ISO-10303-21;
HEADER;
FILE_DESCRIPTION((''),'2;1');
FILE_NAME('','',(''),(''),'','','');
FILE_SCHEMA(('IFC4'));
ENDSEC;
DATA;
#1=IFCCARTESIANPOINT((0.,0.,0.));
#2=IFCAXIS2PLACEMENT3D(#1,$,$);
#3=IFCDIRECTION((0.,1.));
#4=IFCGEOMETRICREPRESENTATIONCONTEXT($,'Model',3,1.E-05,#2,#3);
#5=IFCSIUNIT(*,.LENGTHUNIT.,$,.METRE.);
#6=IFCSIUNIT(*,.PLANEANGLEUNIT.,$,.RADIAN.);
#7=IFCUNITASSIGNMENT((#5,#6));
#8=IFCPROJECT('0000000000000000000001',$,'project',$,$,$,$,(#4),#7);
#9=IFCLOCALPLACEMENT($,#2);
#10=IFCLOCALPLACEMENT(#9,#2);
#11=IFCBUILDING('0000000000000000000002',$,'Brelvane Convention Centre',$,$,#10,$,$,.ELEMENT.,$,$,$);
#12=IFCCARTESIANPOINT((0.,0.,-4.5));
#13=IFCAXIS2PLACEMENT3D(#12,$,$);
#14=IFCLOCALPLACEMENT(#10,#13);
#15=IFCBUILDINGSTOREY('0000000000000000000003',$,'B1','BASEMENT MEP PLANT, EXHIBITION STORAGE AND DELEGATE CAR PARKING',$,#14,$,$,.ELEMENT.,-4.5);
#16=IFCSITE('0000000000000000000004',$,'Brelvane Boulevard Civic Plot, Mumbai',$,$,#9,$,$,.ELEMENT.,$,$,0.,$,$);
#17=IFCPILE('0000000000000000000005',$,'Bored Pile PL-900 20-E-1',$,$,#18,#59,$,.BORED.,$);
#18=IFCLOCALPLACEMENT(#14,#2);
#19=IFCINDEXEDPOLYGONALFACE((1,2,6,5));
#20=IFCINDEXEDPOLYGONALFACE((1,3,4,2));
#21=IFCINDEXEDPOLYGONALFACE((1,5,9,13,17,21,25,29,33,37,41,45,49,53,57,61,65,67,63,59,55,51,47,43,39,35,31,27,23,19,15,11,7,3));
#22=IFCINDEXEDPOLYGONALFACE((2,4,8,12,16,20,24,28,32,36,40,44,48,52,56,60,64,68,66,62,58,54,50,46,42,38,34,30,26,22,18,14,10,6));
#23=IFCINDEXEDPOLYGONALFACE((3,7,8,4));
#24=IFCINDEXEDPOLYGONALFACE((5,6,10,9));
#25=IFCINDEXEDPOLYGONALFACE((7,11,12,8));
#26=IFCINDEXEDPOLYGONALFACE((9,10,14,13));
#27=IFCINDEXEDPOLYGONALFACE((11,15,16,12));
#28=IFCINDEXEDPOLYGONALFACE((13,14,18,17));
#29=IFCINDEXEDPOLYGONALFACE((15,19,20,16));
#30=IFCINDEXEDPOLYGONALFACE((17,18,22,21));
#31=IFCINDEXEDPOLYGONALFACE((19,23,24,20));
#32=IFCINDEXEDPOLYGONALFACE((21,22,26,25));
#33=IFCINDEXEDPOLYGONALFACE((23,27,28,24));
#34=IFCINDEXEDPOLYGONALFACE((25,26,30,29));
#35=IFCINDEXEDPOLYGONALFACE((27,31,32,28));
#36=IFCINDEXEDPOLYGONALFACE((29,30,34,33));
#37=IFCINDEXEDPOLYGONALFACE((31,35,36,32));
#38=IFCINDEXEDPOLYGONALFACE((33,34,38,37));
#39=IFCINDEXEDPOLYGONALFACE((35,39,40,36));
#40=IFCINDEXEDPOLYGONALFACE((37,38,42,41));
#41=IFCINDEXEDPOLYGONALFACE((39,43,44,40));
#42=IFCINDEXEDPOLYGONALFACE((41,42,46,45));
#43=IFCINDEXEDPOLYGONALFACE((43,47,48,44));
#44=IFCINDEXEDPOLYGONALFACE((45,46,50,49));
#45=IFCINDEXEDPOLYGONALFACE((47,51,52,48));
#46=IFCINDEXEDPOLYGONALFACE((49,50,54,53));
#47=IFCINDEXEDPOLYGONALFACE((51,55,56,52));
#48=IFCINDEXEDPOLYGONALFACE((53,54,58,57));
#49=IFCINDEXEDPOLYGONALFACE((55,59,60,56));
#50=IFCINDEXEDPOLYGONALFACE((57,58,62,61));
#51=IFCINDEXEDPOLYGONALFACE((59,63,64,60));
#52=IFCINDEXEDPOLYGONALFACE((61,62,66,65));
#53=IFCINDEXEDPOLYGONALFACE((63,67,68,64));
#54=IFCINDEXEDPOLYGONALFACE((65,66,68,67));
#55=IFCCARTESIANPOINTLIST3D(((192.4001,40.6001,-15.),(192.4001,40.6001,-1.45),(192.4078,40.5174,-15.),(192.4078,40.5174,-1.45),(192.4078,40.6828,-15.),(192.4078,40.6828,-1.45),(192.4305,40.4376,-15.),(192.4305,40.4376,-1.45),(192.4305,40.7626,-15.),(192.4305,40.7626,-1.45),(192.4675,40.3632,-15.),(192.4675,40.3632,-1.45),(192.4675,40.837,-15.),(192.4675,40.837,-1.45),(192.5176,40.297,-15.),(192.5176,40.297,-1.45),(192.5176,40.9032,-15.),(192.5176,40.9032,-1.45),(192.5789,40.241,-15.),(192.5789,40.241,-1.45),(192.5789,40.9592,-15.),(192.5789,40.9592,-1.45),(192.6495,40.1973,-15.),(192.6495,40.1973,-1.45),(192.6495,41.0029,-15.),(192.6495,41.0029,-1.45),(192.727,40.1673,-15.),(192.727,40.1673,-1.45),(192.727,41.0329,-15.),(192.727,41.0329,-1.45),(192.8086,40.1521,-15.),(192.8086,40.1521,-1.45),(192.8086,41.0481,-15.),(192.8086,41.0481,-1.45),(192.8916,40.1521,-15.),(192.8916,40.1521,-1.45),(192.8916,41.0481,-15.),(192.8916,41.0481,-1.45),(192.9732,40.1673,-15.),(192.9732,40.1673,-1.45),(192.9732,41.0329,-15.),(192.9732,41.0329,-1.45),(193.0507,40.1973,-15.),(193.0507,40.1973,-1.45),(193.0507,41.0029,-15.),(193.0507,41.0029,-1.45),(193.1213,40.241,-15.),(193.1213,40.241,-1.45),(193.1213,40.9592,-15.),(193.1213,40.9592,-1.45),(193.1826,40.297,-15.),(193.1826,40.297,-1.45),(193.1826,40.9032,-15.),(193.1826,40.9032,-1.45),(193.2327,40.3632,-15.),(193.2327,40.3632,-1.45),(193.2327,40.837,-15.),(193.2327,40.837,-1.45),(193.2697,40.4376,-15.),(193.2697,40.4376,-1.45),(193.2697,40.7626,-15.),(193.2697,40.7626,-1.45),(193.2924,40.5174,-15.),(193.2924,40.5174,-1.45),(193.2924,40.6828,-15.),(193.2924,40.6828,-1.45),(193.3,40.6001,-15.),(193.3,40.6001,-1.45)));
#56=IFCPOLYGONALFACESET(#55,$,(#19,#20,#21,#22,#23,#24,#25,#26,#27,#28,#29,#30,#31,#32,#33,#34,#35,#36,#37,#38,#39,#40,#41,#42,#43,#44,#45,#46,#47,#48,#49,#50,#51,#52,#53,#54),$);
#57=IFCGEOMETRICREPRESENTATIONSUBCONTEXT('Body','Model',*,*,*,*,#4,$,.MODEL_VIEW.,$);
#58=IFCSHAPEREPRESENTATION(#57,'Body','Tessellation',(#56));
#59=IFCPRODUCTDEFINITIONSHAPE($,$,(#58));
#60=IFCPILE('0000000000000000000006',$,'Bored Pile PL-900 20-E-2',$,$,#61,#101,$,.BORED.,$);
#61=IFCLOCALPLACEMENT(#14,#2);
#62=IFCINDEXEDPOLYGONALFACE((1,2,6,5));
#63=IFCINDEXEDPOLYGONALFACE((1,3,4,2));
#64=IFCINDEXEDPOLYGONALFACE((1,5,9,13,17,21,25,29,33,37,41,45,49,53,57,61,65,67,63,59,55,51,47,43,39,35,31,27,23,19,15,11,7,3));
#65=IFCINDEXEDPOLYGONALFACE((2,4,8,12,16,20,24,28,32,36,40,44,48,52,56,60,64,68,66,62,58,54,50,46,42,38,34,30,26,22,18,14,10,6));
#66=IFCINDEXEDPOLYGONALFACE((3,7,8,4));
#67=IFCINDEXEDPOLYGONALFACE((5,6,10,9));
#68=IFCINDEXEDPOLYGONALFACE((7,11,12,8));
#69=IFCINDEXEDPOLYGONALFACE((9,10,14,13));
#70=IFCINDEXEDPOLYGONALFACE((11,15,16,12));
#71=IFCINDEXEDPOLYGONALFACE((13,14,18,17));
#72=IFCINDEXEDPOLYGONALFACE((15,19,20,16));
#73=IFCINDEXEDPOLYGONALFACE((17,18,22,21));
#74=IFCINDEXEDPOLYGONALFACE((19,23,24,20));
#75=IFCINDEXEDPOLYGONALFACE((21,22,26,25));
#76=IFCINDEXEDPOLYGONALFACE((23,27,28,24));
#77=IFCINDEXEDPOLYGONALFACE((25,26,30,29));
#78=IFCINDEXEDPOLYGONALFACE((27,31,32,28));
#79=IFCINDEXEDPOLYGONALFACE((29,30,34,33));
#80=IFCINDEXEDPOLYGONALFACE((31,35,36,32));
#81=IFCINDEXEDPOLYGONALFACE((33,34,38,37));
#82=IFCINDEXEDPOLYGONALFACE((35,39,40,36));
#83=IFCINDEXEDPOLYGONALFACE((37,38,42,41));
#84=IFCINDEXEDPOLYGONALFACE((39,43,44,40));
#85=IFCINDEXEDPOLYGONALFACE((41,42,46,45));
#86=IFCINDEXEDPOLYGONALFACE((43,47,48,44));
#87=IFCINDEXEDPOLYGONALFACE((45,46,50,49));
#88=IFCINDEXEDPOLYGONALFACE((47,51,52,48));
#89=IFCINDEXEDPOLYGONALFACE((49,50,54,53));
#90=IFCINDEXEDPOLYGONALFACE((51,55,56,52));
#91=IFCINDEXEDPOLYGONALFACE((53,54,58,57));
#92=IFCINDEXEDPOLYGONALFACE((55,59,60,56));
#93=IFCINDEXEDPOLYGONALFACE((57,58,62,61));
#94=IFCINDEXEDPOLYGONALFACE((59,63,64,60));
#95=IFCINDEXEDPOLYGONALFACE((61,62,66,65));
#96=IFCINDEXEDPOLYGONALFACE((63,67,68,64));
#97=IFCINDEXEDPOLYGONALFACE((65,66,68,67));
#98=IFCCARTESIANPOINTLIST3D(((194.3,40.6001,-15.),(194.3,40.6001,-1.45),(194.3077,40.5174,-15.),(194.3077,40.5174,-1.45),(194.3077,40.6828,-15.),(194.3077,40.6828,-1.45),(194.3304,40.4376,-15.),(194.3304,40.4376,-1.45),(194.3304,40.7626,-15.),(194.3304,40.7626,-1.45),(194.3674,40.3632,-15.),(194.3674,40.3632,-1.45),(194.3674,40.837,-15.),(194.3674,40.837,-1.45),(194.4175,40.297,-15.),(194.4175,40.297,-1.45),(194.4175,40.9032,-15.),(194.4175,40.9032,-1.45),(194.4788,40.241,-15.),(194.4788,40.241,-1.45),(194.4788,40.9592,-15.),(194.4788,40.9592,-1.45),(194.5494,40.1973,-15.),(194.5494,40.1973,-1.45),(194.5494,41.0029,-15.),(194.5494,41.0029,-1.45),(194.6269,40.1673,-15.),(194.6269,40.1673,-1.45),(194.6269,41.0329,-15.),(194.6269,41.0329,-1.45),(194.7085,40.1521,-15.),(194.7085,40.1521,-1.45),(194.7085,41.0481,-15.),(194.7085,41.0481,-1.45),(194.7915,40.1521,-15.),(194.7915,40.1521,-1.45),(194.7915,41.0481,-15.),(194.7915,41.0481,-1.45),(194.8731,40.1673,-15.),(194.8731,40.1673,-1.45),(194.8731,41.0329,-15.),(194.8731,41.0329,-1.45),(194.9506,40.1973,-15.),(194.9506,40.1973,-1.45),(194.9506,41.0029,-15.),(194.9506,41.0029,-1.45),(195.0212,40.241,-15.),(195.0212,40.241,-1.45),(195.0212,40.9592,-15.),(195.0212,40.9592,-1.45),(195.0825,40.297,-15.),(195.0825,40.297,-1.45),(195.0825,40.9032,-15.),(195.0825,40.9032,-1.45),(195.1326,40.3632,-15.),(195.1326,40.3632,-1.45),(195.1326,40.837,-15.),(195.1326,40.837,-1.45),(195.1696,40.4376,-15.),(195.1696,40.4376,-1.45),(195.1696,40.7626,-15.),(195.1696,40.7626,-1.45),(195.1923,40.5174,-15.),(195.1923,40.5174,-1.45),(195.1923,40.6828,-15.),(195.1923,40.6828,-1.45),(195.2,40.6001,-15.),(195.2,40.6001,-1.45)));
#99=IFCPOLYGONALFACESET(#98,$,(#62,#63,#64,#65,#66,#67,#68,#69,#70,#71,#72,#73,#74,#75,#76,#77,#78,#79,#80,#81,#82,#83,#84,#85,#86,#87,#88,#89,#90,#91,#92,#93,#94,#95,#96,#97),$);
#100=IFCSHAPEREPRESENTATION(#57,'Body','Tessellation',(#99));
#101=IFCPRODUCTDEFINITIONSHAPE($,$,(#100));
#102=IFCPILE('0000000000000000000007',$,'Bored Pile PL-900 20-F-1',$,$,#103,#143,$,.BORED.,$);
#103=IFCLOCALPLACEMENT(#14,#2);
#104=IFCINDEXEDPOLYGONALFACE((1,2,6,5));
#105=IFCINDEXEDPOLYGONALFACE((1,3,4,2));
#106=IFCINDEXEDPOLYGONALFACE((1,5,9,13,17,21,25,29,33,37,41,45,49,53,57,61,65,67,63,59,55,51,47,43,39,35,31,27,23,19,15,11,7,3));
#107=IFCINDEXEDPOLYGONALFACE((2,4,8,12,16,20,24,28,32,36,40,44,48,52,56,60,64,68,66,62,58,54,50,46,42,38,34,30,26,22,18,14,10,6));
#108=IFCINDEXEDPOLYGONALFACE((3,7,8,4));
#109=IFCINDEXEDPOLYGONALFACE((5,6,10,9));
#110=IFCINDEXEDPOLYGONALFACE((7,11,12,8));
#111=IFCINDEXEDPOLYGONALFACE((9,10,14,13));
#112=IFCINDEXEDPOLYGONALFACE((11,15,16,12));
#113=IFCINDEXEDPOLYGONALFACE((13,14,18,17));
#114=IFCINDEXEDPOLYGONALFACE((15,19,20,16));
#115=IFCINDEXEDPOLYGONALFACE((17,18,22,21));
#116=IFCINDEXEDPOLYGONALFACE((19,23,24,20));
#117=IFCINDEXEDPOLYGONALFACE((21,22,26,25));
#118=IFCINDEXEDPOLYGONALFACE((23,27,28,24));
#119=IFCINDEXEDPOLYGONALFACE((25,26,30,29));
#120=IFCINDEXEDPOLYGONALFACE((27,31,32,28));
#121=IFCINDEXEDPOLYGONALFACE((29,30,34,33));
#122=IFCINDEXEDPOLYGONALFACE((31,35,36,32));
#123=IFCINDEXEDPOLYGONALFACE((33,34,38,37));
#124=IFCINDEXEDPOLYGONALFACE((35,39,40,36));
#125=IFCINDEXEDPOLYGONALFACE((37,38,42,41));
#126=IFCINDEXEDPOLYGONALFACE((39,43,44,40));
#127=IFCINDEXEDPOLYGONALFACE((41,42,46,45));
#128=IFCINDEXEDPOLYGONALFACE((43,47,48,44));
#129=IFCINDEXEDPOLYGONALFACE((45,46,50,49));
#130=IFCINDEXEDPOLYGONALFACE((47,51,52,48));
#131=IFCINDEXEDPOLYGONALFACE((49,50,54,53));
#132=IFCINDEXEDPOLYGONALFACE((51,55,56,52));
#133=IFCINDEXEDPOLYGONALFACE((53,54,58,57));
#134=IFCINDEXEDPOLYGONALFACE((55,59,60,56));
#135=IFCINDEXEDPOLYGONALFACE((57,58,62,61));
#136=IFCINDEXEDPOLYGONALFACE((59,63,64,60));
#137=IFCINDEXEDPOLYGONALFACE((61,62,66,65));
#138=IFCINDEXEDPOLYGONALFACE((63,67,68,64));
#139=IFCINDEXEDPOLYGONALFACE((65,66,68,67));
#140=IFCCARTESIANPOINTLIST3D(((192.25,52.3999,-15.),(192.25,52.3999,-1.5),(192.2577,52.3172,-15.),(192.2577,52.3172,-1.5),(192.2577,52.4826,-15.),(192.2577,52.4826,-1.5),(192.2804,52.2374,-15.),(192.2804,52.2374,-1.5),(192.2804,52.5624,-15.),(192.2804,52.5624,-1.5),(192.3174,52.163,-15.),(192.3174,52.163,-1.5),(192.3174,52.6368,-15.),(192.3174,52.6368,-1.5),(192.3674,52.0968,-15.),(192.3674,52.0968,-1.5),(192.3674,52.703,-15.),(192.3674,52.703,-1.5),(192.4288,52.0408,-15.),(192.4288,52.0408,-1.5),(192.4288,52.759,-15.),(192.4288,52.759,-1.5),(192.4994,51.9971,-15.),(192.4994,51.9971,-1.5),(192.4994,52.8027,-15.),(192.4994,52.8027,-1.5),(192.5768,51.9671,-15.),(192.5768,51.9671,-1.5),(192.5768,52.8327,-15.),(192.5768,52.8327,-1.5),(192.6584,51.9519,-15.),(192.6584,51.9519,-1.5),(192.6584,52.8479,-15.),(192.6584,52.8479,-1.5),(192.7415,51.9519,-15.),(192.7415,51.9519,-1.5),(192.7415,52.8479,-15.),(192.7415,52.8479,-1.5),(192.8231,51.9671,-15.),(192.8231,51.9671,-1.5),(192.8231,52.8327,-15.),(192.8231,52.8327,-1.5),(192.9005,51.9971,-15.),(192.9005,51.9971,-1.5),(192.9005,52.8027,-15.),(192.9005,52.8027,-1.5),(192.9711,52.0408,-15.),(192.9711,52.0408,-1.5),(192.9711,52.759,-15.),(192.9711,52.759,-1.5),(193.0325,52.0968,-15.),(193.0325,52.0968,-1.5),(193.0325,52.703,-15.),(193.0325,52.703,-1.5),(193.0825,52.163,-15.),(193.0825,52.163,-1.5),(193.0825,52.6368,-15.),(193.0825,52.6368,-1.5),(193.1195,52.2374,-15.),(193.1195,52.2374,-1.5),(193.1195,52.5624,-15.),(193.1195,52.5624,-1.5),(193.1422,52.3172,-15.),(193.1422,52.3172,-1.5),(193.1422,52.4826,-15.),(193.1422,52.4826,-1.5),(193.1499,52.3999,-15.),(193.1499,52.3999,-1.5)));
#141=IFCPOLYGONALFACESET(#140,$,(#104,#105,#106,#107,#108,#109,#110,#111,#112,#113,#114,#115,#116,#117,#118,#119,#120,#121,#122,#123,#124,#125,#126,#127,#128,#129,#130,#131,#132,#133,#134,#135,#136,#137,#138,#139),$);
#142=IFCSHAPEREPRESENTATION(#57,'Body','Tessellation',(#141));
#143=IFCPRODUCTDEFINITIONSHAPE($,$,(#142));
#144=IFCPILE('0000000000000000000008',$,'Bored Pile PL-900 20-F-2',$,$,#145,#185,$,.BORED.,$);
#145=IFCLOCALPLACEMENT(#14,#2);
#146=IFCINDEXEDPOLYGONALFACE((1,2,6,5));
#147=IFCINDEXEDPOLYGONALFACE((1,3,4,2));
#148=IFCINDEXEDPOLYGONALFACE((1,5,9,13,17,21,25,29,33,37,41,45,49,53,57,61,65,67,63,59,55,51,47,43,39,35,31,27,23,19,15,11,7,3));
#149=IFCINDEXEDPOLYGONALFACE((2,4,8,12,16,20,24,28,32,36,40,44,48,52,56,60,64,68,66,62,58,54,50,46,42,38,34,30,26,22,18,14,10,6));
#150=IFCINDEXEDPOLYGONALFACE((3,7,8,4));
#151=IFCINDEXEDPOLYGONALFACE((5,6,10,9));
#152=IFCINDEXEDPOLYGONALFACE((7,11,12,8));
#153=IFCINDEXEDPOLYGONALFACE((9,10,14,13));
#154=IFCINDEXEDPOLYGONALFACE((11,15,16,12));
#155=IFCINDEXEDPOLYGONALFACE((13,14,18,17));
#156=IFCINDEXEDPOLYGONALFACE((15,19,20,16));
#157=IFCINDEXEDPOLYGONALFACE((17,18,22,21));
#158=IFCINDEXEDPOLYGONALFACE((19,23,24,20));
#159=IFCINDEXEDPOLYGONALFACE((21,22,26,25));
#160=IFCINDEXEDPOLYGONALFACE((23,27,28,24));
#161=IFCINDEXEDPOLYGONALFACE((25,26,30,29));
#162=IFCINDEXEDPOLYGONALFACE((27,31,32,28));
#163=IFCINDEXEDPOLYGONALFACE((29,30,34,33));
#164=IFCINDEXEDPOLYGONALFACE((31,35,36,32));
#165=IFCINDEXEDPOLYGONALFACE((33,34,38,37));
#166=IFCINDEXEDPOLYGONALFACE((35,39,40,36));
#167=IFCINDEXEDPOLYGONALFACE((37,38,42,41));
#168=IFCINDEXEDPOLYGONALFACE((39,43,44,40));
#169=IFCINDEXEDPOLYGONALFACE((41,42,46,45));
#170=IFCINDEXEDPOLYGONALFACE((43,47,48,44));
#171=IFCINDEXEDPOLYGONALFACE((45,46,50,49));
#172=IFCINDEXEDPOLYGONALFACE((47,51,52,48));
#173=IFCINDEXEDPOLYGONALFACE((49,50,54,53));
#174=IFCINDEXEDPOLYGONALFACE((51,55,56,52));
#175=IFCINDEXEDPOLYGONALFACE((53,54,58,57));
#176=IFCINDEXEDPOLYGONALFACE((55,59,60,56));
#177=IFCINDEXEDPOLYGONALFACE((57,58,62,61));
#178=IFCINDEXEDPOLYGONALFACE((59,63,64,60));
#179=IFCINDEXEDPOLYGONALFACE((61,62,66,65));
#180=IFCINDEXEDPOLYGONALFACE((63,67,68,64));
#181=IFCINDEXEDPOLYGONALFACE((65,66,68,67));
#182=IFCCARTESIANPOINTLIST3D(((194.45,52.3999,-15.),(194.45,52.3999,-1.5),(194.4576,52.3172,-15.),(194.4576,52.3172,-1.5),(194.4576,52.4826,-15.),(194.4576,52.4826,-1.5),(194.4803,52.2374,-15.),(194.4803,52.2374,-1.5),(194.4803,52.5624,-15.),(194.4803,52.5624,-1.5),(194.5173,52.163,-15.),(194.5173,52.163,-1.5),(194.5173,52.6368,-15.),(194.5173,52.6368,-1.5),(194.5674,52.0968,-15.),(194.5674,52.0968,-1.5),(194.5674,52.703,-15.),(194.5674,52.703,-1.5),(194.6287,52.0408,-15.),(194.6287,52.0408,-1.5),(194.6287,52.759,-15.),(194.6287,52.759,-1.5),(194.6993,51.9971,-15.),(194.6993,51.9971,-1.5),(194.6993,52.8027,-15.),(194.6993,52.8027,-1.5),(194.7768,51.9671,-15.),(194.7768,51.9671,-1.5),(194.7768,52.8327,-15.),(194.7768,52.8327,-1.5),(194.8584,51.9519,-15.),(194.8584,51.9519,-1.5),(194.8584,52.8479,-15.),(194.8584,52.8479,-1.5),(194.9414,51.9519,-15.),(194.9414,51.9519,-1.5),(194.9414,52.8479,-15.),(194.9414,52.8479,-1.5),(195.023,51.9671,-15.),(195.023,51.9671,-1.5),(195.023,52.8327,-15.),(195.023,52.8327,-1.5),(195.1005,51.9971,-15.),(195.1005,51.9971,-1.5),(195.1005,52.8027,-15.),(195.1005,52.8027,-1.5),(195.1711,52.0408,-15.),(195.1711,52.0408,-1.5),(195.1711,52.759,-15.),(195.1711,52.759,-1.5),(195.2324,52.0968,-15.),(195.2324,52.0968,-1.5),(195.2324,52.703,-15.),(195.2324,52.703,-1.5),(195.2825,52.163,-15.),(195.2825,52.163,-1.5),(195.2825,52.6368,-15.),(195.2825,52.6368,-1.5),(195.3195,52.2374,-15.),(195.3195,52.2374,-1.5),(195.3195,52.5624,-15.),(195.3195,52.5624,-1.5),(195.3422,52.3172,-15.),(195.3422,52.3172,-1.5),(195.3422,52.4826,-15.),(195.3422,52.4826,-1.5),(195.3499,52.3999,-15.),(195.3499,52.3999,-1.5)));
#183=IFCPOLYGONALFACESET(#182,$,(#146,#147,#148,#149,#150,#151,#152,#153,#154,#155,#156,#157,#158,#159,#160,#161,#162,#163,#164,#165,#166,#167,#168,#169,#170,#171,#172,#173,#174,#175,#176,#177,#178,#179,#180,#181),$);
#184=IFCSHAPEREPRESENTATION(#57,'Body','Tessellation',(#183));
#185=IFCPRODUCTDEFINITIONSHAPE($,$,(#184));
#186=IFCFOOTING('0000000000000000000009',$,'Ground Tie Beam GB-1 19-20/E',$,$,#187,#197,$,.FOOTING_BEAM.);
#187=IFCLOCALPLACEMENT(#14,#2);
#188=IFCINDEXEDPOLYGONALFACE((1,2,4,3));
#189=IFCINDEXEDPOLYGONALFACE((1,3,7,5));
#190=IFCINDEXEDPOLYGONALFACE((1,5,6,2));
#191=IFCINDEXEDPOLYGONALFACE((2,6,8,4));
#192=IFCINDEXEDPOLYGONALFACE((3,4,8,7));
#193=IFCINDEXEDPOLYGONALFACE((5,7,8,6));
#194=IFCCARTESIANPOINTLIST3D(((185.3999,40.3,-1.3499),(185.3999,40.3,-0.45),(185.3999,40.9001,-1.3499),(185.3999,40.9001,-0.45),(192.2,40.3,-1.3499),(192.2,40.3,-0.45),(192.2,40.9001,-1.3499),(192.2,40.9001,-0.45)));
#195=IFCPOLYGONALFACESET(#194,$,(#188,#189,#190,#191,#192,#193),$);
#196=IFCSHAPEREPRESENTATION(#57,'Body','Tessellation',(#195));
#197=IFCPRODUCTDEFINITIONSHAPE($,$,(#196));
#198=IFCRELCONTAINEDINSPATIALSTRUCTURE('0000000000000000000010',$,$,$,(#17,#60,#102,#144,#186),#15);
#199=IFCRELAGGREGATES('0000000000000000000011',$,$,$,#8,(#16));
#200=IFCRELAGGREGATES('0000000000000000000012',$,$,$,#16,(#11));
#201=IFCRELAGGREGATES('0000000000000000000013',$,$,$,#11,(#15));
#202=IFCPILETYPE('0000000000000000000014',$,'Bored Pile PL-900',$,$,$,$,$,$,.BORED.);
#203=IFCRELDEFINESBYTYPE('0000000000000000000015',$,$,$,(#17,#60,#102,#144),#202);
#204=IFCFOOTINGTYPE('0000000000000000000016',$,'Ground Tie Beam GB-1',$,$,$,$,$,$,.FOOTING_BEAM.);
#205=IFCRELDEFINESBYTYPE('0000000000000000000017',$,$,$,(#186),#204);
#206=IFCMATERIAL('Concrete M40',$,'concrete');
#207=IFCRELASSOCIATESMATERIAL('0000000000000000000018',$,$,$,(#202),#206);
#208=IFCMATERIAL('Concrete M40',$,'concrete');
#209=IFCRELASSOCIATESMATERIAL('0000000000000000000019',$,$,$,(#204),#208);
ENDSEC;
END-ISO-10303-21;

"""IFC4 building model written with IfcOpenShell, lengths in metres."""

from ifc_helpers import new_model, si_unit, direction, frame, origin, origin_2d, place, context, subcontext, project, spatial, rectangle, circle, extrude, material, material_profile, profile_set, type_object, element, save


model = new_model("IFC4")

# Units and contexts
model_context = context("Model", 3, precision=1e-05, world=origin(), true_north=direction((0.0, 1.0)))
body_context = subcontext(model_context, "Body", "Model", "MODEL_VIEW")
ifc_project = project(units=[si_unit("LENGTHUNIT", "METRE"), si_unit("PLANEANGLEUNIT", "RADIAN")], contexts=[model_context])

# Site, building, storey
site_placement = place(None, origin())
site = spatial("IfcSite", under=ifc_project, at=site_placement, Name="Brelvane Boulevard Civic Plot, Mumbai", CompositionType="ELEMENT", RefElevation=0.0)
building_placement = place(site_placement, origin())
building = spatial("IfcBuilding", under=site, at=building_placement, Name="Brelvane Convention Centre", CompositionType="ELEMENT")
storey_placement = place(building_placement, frame((0.0, 0.0, -4.5)))
storey = spatial("IfcBuildingStorey", under=building, at=storey_placement, Name="B1", Description="BASEMENT MEP PLANT, EXHIBITION STORAGE AND DELEGATE CAR PARKING", CompositionType="ELEMENT", Elevation=-4.5)

# Piles
ifc_material_1 = material(Name="Concrete M40", Category="concrete")
ifc_material_profile_1 = material_profile(ifc_material_1, circle(Radius=0.45, at=origin_2d()), Name="PILE D900")
ifc_profile_set_1 = profile_set([ifc_material_profile_1], Name="Concrete M40")
pile_type = type_object("IfcPileType", Name="Bored Pile PL-900", PredefinedType="BORED", material=ifc_profile_set_1)
for number, where, z_axis, x_axis, name in (
    (1, (192.8501, 40.6001, -1.45), (0.0, 0.0, -1.0), (1.0, 0.0, 0.0), "Bored Pile PL-900 20-E-1"),
    (2, (194.75, 40.6001, -1.45), (0.0, 0.0, -1.0), (1.0, 0.0, 0.0), "Bored Pile PL-900 20-E-2"),
):
    element("IfcPile", number, at=place(storey_placement, frame(where, z_axis=z_axis, x_axis=x_axis)), inside=storey, type_object=pile_type, Name=name, PredefinedType="BORED", context=body_context, shape_type="SweptSolid", body=[
        extrude(circle(Radius=0.45, at=origin_2d()), origin(), (0.0, 0.0, 1.0), 13.55),
    ])
for number, where, z_axis, x_axis, name in (
    (3, (192.7, 52.3999, -1.5), (0.0, 0.0, -1.0), (1.0, 0.0, 0.0), "Bored Pile PL-900 20-F-1"),
    (4, (194.8999, 52.3999, -1.5), (0.0, 0.0, -1.0), (1.0, 0.0, 0.0), "Bored Pile PL-900 20-F-2"),
):
    element("IfcPile", number, at=place(storey_placement, frame(where, z_axis=z_axis, x_axis=x_axis)), inside=storey, type_object=pile_type, Name=name, PredefinedType="BORED", context=body_context, shape_type="SweptSolid", body=[
        extrude(circle(Radius=0.45, at=origin_2d()), origin(), (0.0, 0.0, 1.0), 13.5),
    ])

# Footing
ifc_material_2 = material(Name="Concrete M40", Category="concrete")
ifc_material_profile_2 = material_profile(ifc_material_2, rectangle(XDim=0.6001, YDim=0.8999, at=origin_2d()), Name="RC 600x900")
ifc_profile_set_2 = profile_set([ifc_material_profile_2], Name="Concrete M40")
footing_type_1 = type_object("IfcFootingType", Name="Ground Tie Beam GB-1", PredefinedType="FOOTING_BEAM", material=ifc_profile_set_2)
footing_1_placement = place(storey_placement, frame((185.3999, 40.6001, -0.8999), z_axis=(1.0, 0.0, 0.0), x_axis=(0.0, 1.0, 0.0)))
element("IfcFooting", 5, at=footing_1_placement, inside=storey, type_object=footing_type_1, Name="Ground Tie Beam GB-1 19-20/E", PredefinedType="FOOTING_BEAM", context=body_context, shape_type="SweptSolid", body=[
    extrude(rectangle(XDim=0.6001, YDim=0.8999, at=origin_2d()), origin(), (0.0, 0.0, 1.0), 6.8),
])

save(model, "model.ifc")
